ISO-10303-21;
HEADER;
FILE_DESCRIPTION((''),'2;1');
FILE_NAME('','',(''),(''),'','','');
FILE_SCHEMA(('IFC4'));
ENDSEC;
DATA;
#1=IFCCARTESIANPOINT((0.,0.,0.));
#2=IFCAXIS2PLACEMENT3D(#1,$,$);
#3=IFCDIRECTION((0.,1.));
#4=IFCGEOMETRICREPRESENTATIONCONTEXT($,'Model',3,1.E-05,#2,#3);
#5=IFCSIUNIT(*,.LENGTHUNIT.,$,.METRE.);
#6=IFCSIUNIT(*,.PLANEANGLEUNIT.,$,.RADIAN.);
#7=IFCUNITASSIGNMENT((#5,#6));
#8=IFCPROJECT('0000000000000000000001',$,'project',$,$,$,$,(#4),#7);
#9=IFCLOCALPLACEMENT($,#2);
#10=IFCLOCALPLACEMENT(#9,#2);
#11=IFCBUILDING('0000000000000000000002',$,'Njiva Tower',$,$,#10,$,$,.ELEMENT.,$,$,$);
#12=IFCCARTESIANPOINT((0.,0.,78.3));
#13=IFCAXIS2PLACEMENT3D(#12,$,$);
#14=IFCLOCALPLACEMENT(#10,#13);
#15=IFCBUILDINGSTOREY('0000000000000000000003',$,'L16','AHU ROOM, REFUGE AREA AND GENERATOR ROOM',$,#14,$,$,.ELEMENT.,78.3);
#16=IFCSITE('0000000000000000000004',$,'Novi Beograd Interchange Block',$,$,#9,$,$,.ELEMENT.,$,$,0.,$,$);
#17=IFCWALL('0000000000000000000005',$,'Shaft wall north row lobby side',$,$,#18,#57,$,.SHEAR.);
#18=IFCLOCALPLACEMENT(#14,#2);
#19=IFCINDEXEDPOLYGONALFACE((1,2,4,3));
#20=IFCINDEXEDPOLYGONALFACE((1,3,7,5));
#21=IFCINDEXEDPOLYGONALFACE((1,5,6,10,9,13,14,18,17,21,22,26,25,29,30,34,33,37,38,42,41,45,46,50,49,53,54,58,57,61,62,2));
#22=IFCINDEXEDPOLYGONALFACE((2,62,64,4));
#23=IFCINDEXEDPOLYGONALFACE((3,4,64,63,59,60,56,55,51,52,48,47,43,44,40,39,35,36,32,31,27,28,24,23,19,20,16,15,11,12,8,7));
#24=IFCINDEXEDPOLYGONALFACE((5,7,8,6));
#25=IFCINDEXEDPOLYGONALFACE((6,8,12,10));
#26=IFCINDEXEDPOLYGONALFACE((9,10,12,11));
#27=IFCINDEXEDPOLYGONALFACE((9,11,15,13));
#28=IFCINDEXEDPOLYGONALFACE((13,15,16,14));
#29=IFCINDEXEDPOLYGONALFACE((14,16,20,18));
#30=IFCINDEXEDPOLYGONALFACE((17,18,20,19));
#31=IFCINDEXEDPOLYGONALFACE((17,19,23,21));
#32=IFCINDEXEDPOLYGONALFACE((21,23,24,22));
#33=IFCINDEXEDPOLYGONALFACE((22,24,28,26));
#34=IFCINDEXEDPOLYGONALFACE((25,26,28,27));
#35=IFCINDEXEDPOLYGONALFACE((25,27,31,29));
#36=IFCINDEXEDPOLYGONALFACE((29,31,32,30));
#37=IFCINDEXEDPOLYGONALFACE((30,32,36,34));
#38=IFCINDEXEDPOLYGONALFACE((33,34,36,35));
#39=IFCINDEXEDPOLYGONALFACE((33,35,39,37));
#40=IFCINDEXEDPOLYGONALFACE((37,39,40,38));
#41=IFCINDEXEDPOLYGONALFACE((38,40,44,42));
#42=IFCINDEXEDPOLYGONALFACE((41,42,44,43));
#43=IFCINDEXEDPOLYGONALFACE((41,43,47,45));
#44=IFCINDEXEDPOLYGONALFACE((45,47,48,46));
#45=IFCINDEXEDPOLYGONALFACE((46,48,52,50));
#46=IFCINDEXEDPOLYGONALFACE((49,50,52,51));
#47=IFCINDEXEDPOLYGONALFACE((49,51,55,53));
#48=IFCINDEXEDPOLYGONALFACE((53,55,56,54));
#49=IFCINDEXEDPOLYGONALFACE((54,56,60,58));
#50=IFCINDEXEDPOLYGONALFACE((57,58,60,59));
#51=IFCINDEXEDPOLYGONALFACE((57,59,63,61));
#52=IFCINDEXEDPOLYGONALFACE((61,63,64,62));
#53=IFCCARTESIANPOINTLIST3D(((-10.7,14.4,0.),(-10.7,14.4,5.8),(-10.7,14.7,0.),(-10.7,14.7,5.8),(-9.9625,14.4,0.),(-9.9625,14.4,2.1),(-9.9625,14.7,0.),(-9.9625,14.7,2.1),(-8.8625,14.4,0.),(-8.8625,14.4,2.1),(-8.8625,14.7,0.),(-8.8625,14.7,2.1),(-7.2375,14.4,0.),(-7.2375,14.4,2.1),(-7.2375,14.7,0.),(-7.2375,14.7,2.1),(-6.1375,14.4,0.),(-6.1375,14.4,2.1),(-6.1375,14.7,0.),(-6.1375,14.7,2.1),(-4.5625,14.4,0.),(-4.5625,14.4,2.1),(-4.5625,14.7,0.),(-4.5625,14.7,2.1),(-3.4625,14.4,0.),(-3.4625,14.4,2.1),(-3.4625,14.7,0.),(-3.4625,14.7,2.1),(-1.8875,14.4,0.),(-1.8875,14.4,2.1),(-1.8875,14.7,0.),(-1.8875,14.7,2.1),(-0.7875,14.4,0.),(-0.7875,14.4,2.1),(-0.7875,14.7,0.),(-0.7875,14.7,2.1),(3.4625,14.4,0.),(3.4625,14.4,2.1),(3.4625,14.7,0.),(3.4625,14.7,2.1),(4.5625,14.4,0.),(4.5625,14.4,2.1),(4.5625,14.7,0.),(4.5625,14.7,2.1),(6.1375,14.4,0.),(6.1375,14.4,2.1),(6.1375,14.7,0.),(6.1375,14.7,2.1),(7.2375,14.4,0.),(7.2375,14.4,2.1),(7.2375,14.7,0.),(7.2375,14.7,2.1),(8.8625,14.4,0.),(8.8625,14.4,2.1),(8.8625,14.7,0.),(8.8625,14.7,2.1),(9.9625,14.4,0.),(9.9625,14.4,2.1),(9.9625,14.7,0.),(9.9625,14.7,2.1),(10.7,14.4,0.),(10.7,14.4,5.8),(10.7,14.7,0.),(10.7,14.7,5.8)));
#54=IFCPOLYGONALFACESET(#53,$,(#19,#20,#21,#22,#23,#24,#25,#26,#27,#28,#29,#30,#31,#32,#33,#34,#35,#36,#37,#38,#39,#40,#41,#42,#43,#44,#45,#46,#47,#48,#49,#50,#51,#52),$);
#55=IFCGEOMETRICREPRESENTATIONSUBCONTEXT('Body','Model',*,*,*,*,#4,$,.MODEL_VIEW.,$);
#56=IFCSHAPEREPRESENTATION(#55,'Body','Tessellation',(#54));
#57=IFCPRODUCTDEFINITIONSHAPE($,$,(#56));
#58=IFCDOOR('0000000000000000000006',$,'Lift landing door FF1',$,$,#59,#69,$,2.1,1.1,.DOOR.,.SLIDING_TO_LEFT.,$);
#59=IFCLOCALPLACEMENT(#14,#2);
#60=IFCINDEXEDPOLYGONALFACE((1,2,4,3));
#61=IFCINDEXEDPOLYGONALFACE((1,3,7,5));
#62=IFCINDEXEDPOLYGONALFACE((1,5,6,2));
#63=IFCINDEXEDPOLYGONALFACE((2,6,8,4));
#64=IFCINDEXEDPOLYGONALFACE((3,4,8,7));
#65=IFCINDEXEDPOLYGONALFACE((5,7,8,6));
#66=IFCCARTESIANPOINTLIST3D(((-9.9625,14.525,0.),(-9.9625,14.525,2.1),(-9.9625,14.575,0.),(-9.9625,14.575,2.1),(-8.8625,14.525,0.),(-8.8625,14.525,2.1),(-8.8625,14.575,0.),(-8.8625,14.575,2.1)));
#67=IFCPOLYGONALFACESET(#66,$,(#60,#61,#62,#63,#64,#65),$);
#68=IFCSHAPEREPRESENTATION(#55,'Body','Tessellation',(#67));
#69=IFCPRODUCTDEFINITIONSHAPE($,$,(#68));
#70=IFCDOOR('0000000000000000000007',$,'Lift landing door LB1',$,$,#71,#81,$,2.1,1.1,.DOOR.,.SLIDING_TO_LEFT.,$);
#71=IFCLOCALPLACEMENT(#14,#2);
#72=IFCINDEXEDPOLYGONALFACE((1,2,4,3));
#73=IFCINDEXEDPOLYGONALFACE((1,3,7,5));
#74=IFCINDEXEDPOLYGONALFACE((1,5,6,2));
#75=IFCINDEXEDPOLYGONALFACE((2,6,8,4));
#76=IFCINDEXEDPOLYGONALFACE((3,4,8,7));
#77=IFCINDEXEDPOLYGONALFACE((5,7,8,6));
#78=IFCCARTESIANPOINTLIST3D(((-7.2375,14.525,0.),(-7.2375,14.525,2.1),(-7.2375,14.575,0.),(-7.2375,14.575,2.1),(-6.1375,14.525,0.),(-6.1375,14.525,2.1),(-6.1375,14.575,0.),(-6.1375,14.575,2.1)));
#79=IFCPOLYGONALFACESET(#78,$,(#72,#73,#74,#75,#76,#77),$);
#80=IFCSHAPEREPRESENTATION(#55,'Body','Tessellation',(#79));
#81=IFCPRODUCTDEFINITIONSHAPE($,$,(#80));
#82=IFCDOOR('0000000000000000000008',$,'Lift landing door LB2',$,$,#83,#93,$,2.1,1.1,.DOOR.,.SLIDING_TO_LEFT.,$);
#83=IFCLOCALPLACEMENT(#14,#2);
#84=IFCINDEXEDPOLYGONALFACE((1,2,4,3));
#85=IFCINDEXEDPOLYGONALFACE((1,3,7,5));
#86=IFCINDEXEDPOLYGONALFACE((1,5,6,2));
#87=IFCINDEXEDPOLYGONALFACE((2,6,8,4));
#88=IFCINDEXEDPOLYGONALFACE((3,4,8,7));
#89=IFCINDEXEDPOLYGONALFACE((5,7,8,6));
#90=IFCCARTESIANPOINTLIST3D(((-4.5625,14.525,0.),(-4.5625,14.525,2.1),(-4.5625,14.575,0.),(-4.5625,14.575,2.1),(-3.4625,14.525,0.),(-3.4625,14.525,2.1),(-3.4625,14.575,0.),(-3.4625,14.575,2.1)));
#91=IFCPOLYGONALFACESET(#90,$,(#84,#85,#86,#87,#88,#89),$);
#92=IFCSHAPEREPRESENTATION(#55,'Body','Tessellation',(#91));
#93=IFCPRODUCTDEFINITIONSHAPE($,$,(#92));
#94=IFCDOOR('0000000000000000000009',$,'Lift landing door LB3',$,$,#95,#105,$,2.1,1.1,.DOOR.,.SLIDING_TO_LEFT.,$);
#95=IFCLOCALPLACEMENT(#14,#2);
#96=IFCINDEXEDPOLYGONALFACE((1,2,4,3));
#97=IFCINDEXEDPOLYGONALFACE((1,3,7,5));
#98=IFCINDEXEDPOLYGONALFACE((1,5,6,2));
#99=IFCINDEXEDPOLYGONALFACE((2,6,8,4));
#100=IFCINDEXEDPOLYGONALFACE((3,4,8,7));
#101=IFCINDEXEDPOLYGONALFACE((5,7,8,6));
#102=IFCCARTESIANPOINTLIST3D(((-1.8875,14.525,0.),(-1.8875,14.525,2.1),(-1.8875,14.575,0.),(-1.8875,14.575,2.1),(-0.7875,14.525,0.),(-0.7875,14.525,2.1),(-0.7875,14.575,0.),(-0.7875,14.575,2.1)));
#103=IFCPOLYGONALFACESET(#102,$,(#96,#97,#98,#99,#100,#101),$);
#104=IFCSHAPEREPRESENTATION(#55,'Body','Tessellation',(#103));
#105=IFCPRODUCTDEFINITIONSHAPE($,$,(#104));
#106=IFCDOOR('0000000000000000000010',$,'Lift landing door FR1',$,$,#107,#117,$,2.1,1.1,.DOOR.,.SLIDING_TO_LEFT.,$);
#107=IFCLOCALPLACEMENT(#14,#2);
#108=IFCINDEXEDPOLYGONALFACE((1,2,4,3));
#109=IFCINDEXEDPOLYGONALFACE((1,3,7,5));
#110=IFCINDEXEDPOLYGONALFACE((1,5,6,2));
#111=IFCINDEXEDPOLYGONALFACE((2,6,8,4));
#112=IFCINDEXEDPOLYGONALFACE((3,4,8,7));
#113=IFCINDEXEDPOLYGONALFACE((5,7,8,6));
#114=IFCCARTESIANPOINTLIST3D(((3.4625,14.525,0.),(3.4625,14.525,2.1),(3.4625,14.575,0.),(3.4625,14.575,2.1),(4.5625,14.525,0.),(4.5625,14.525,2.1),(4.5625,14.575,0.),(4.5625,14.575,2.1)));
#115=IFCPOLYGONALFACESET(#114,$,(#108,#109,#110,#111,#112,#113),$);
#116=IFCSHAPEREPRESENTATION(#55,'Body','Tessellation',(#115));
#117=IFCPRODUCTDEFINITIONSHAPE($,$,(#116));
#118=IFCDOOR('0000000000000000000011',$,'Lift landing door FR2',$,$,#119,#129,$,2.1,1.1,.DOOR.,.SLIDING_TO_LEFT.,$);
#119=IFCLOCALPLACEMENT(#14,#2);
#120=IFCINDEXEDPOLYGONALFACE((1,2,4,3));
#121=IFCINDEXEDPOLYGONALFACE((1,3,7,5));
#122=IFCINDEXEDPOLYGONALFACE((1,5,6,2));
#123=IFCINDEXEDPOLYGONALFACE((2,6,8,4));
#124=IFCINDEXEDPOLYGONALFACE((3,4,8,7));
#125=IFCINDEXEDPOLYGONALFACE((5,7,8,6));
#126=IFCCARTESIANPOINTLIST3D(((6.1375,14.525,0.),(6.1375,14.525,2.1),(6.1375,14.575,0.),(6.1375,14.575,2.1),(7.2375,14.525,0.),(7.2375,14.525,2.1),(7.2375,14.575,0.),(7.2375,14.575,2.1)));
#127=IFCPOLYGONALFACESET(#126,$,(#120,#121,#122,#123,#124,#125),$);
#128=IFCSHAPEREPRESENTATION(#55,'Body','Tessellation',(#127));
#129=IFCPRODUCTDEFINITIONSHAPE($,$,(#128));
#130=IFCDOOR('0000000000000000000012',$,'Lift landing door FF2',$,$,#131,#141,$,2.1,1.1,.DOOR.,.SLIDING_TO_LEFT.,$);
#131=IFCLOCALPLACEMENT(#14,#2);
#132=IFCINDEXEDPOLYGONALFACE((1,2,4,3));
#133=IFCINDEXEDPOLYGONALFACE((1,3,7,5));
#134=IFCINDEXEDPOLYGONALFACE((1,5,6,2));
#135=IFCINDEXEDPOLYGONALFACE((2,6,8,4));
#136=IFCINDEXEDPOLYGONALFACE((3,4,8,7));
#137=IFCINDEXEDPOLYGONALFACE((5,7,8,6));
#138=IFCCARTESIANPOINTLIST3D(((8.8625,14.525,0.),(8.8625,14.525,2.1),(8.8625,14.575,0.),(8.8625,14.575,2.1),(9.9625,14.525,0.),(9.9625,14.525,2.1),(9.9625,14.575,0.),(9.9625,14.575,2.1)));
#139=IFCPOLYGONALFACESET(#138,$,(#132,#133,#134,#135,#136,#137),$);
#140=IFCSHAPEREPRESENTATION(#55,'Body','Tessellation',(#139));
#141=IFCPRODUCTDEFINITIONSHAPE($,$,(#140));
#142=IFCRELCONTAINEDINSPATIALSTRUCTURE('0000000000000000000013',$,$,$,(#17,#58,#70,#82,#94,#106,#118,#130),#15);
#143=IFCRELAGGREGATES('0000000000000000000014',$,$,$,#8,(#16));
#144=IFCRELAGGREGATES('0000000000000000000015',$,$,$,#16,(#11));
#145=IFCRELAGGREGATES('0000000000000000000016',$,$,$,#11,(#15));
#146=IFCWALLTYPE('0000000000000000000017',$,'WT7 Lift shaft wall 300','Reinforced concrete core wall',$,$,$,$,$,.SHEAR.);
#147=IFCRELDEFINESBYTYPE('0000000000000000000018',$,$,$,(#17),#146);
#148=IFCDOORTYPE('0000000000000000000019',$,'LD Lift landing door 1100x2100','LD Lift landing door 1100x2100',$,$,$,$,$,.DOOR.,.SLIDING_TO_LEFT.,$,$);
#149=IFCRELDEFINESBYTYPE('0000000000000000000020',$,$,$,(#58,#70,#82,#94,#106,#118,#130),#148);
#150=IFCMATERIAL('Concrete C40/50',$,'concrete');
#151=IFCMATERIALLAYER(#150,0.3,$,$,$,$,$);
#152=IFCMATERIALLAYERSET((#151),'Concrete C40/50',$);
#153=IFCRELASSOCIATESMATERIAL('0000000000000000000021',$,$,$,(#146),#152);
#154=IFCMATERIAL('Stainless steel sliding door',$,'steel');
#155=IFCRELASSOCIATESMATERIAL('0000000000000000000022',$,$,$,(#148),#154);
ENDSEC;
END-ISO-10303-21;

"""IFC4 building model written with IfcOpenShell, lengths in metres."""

from ifc_helpers import new_model, si_unit, direction, frame, frame_2d, origin, place, context, subcontext, project, spatial, rectangle, extrude, material, layer, layer_set, type_object, element, fill, save


model = new_model("IFC4")

# Units and contexts
model_context = context("Model", 3, precision=1e-05, world=origin(), true_north=direction((0.0, 1.0)))
body_context = subcontext(model_context, "Body", "Model", "MODEL_VIEW")
ifc_project = project(units=[si_unit("LENGTHUNIT", "METRE"), si_unit("PLANEANGLEUNIT", "RADIAN")], contexts=[model_context])

# Site, building, storey
site_placement = place(None, origin())
site = spatial("IfcSite", under=ifc_project, at=site_placement, Name="Novi Beograd Interchange Block", CompositionType="ELEMENT", RefElevation=0.0)
building_placement = place(site_placement, origin())
building = spatial("IfcBuilding", under=site, at=building_placement, Name="Njiva Tower", CompositionType="ELEMENT")
storey_placement = place(building_placement, frame((0.0, 0.0, 78.3)))
storey = spatial("IfcBuildingStorey", under=building, at=storey_placement, Name="L16", Description="AHU ROOM, REFUGE AREA AND GENERATOR ROOM", CompositionType="ELEMENT", Elevation=78.3)

# Wall, openings, doors
ifc_material_1 = material(Name="Concrete C40/50", Category="concrete")
ifc_layer_1 = layer(ifc_material_1, 0.3)
ifc_layer_set_1 = layer_set([ifc_layer_1], Name="Concrete C40/50")
wall_type_1 = type_object("IfcWallType", Name="WT7 Lift shaft wall 300", Description="Reinforced concrete core wall", PredefinedType="SHEAR", material=ifc_layer_set_1)
wall_1_placement = place(storey_placement, frame((-10.7, 14.55, 0.0), z_axis=(0.0, 0.0, 1.0), x_axis=(1.0, 0.0, 0.0)))
wall_1 = element("IfcWall", 1, at=wall_1_placement, inside=storey, type_object=wall_type_1, Name="Shaft wall north row lobby side", PredefinedType="SHEAR", context=body_context, shape_type="SweptSolid", body=[
    extrude(rectangle(XDim=21.4, YDim=0.3, at=frame_2d((10.7, 0.0))), origin(), (0.0, 0.0, 1.0), 5.8),
])
opening_1_placement = place(wall_1_placement, frame((0.7375, 0.0, 0.0)))
opening_1 = element("IfcOpeningElement", 2, at=opening_1_placement, cuts=wall_1, PredefinedType="OPENING", context=body_context, shape_type="SweptSolid", body=[
    extrude(rectangle(XDim=1.1, YDim=2.1, at=frame_2d((0.55, 1.05))), frame((0.0, 0.16, 0.0), z_axis=(0.0, -1.0, 0.0), x_axis=(1.0, 0.0, 0.0)), (0.0, 0.0, 1.0), 0.32),
])
opening_2_placement = place(wall_1_placement, frame((3.4625, 0.0, 0.0)))
opening_2 = element("IfcOpeningElement", 3, at=opening_2_placement, cuts=wall_1, PredefinedType="OPENING", context=body_context, shape_type="SweptSolid", body=[
    extrude(rectangle(XDim=1.1, YDim=2.1, at=frame_2d((0.55, 1.05))), frame((0.0, 0.16, 0.0), z_axis=(0.0, -1.0, 0.0), x_axis=(1.0, 0.0, 0.0)), (0.0, 0.0, 1.0), 0.32),
])
opening_3_placement = place(wall_1_placement, frame((6.1375, 0.0, 0.0)))
opening_3 = element("IfcOpeningElement", 4, at=opening_3_placement, cuts=wall_1, PredefinedType="OPENING", context=body_context, shape_type="SweptSolid", body=[
    extrude(rectangle(XDim=1.1, YDim=2.1, at=frame_2d((0.55, 1.05))), frame((0.0, 0.16, 0.0), z_axis=(0.0, -1.0, 0.0), x_axis=(1.0, 0.0, 0.0)), (0.0, 0.0, 1.0), 0.32),
])
opening_4_placement = place(wall_1_placement, frame((8.8125, 0.0, 0.0)))
opening_4 = element("IfcOpeningElement", 5, at=opening_4_placement, cuts=wall_1, PredefinedType="OPENING", context=body_context, shape_type="SweptSolid", body=[
    extrude(rectangle(XDim=1.1, YDim=2.1, at=frame_2d((0.55, 1.05))), frame((0.0, 0.16, 0.0), z_axis=(0.0, -1.0, 0.0), x_axis=(1.0, 0.0, 0.0)), (0.0, 0.0, 1.0), 0.32),
])
opening_5_placement = place(wall_1_placement, frame((14.1625, 0.0, 0.0)))
opening_5 = element("IfcOpeningElement", 6, at=opening_5_placement, cuts=wall_1, PredefinedType="OPENING", context=body_context, shape_type="SweptSolid", body=[
    extrude(rectangle(XDim=1.1, YDim=2.1, at=frame_2d((0.55, 1.05))), frame((0.0, 0.16, 0.0), z_axis=(0.0, -1.0, 0.0), x_axis=(1.0, 0.0, 0.0)), (0.0, 0.0, 1.0), 0.32),
])
opening_6_placement = place(wall_1_placement, frame((16.8375, 0.0, 0.0)))
opening_6 = element("IfcOpeningElement", 7, at=opening_6_placement, cuts=wall_1, PredefinedType="OPENING", context=body_context, shape_type="SweptSolid", body=[
    extrude(rectangle(XDim=1.1, YDim=2.1, at=frame_2d((0.55, 1.05))), frame((0.0, 0.16, 0.0), z_axis=(0.0, -1.0, 0.0), x_axis=(1.0, 0.0, 0.0)), (0.0, 0.0, 1.0), 0.32),
])
opening_7_placement = place(wall_1_placement, frame((19.5625, 0.0, 0.0)))
opening_7 = element("IfcOpeningElement", 8, at=opening_7_placement, cuts=wall_1, PredefinedType="OPENING", context=body_context, shape_type="SweptSolid", body=[
    extrude(rectangle(XDim=1.1, YDim=2.1, at=frame_2d((0.55, 1.05))), frame((0.0, 0.16, 0.0), z_axis=(0.0, -1.0, 0.0), x_axis=(1.0, 0.0, 0.0)), (0.0, 0.0, 1.0), 0.32),
])
ifc_material_2 = material(Name="Stainless steel sliding door", Category="steel")
door_type = type_object("IfcDoorType", Name="LD Lift landing door 1100x2100", Description="LD Lift landing door 1100x2100", OperationType="SLIDING_TO_LEFT", PredefinedType="DOOR", material=ifc_material_2)
door_1_placement = place(opening_1_placement, origin())
door_1 = element("IfcDoor", 9, at=door_1_placement, inside=storey, type_object=door_type, Name="Lift landing door FF1", OperationType="SLIDING_TO_LEFT", OverallHeight=2.1, OverallWidth=1.1, PredefinedType="DOOR", context=body_context, shape_type="SweptSolid", body=[
    extrude(rectangle(XDim=1.1, YDim=2.1, at=frame_2d((0.55, 1.05))), frame((0.0, 0.025, 0.0), z_axis=(0.0, -1.0, 0.0), x_axis=(1.0, 0.0, 0.0)), (0.0, 0.0, 1.0), 0.05),
])
fill(opening_1, door_1)
door_2_placement = place(opening_2_placement, origin())
door_2 = element("IfcDoor", 10, at=door_2_placement, inside=storey, type_object=door_type, Name="Lift landing door LB1", OperationType="SLIDING_TO_LEFT", OverallHeight=2.1, OverallWidth=1.1, PredefinedType="DOOR", context=body_context, shape_type="SweptSolid", body=[
    extrude(rectangle(XDim=1.1, YDim=2.1, at=frame_2d((0.55, 1.05))), frame((0.0, 0.025, 0.0), z_axis=(0.0, -1.0, 0.0), x_axis=(1.0, 0.0, 0.0)), (0.0, 0.0, 1.0), 0.05),
])
fill(opening_2, door_2)
door_3_placement = place(opening_3_placement, origin())
door_3 = element("IfcDoor", 11, at=door_3_placement, inside=storey, type_object=door_type, Name="Lift landing door LB2", OperationType="SLIDING_TO_LEFT", OverallHeight=2.1, OverallWidth=1.1, PredefinedType="DOOR", context=body_context, shape_type="SweptSolid", body=[
    extrude(rectangle(XDim=1.1, YDim=2.1, at=frame_2d((0.55, 1.05))), frame((0.0, 0.025, 0.0), z_axis=(0.0, -1.0, 0.0), x_axis=(1.0, 0.0, 0.0)), (0.0, 0.0, 1.0), 0.05),
])
fill(opening_3, door_3)
door_4_placement = place(opening_4_placement, origin())
door_4 = element("IfcDoor", 12, at=door_4_placement, inside=storey, type_object=door_type, Name="Lift landing door LB3", OperationType="SLIDING_TO_LEFT", OverallHeight=2.1, OverallWidth=1.1, PredefinedType="DOOR", context=body_context, shape_type="SweptSolid", body=[
    extrude(rectangle(XDim=1.1, YDim=2.1, at=frame_2d((0.55, 1.05))), frame((0.0, 0.025, 0.0), z_axis=(0.0, -1.0, 0.0), x_axis=(1.0, 0.0, 0.0)), (0.0, 0.0, 1.0), 0.05),
])
fill(opening_4, door_4)
door_5_placement = place(opening_5_placement, origin())
door_5 = element("IfcDoor", 13, at=door_5_placement, inside=storey, type_object=door_type, Name="Lift landing door FR1", OperationType="SLIDING_TO_LEFT", OverallHeight=2.1, OverallWidth=1.1, PredefinedType="DOOR", context=body_context, shape_type="SweptSolid", body=[
    extrude(rectangle(XDim=1.1, YDim=2.1, at=frame_2d((0.55, 1.05))), frame((0.0, 0.025, 0.0), z_axis=(0.0, -1.0, 0.0), x_axis=(1.0, 0.0, 0.0)), (0.0, 0.0, 1.0), 0.05),
])
fill(opening_5, door_5)
door_6_placement = place(opening_6_placement, origin())
door_6 = element("IfcDoor", 14, at=door_6_placement, inside=storey, type_object=door_type, Name="Lift landing door FR2", OperationType="SLIDING_TO_LEFT", OverallHeight=2.1, OverallWidth=1.1, PredefinedType="DOOR", context=body_context, shape_type="SweptSolid", body=[
    extrude(rectangle(XDim=1.1, YDim=2.1, at=frame_2d((0.55, 1.05))), frame((0.0, 0.025, 0.0), z_axis=(0.0, -1.0, 0.0), x_axis=(1.0, 0.0, 0.0)), (0.0, 0.0, 1.0), 0.05),
])
fill(opening_6, door_6)
door_7_placement = place(opening_7_placement, origin())
door_7 = element("IfcDoor", 15, at=door_7_placement, inside=storey, type_object=door_type, Name="Lift landing door FF2", OperationType="SLIDING_TO_LEFT", OverallHeight=2.1, OverallWidth=1.1, PredefinedType="DOOR", context=body_context, shape_type="SweptSolid", body=[
    extrude(rectangle(XDim=1.1, YDim=2.1, at=frame_2d((0.55, 1.05))), frame((0.0, 0.025, 0.0), z_axis=(0.0, -1.0, 0.0), x_axis=(1.0, 0.0, 0.0)), (0.0, 0.0, 1.0), 0.05),
])
fill(opening_7, door_7)

save(model, "model.ifc")
